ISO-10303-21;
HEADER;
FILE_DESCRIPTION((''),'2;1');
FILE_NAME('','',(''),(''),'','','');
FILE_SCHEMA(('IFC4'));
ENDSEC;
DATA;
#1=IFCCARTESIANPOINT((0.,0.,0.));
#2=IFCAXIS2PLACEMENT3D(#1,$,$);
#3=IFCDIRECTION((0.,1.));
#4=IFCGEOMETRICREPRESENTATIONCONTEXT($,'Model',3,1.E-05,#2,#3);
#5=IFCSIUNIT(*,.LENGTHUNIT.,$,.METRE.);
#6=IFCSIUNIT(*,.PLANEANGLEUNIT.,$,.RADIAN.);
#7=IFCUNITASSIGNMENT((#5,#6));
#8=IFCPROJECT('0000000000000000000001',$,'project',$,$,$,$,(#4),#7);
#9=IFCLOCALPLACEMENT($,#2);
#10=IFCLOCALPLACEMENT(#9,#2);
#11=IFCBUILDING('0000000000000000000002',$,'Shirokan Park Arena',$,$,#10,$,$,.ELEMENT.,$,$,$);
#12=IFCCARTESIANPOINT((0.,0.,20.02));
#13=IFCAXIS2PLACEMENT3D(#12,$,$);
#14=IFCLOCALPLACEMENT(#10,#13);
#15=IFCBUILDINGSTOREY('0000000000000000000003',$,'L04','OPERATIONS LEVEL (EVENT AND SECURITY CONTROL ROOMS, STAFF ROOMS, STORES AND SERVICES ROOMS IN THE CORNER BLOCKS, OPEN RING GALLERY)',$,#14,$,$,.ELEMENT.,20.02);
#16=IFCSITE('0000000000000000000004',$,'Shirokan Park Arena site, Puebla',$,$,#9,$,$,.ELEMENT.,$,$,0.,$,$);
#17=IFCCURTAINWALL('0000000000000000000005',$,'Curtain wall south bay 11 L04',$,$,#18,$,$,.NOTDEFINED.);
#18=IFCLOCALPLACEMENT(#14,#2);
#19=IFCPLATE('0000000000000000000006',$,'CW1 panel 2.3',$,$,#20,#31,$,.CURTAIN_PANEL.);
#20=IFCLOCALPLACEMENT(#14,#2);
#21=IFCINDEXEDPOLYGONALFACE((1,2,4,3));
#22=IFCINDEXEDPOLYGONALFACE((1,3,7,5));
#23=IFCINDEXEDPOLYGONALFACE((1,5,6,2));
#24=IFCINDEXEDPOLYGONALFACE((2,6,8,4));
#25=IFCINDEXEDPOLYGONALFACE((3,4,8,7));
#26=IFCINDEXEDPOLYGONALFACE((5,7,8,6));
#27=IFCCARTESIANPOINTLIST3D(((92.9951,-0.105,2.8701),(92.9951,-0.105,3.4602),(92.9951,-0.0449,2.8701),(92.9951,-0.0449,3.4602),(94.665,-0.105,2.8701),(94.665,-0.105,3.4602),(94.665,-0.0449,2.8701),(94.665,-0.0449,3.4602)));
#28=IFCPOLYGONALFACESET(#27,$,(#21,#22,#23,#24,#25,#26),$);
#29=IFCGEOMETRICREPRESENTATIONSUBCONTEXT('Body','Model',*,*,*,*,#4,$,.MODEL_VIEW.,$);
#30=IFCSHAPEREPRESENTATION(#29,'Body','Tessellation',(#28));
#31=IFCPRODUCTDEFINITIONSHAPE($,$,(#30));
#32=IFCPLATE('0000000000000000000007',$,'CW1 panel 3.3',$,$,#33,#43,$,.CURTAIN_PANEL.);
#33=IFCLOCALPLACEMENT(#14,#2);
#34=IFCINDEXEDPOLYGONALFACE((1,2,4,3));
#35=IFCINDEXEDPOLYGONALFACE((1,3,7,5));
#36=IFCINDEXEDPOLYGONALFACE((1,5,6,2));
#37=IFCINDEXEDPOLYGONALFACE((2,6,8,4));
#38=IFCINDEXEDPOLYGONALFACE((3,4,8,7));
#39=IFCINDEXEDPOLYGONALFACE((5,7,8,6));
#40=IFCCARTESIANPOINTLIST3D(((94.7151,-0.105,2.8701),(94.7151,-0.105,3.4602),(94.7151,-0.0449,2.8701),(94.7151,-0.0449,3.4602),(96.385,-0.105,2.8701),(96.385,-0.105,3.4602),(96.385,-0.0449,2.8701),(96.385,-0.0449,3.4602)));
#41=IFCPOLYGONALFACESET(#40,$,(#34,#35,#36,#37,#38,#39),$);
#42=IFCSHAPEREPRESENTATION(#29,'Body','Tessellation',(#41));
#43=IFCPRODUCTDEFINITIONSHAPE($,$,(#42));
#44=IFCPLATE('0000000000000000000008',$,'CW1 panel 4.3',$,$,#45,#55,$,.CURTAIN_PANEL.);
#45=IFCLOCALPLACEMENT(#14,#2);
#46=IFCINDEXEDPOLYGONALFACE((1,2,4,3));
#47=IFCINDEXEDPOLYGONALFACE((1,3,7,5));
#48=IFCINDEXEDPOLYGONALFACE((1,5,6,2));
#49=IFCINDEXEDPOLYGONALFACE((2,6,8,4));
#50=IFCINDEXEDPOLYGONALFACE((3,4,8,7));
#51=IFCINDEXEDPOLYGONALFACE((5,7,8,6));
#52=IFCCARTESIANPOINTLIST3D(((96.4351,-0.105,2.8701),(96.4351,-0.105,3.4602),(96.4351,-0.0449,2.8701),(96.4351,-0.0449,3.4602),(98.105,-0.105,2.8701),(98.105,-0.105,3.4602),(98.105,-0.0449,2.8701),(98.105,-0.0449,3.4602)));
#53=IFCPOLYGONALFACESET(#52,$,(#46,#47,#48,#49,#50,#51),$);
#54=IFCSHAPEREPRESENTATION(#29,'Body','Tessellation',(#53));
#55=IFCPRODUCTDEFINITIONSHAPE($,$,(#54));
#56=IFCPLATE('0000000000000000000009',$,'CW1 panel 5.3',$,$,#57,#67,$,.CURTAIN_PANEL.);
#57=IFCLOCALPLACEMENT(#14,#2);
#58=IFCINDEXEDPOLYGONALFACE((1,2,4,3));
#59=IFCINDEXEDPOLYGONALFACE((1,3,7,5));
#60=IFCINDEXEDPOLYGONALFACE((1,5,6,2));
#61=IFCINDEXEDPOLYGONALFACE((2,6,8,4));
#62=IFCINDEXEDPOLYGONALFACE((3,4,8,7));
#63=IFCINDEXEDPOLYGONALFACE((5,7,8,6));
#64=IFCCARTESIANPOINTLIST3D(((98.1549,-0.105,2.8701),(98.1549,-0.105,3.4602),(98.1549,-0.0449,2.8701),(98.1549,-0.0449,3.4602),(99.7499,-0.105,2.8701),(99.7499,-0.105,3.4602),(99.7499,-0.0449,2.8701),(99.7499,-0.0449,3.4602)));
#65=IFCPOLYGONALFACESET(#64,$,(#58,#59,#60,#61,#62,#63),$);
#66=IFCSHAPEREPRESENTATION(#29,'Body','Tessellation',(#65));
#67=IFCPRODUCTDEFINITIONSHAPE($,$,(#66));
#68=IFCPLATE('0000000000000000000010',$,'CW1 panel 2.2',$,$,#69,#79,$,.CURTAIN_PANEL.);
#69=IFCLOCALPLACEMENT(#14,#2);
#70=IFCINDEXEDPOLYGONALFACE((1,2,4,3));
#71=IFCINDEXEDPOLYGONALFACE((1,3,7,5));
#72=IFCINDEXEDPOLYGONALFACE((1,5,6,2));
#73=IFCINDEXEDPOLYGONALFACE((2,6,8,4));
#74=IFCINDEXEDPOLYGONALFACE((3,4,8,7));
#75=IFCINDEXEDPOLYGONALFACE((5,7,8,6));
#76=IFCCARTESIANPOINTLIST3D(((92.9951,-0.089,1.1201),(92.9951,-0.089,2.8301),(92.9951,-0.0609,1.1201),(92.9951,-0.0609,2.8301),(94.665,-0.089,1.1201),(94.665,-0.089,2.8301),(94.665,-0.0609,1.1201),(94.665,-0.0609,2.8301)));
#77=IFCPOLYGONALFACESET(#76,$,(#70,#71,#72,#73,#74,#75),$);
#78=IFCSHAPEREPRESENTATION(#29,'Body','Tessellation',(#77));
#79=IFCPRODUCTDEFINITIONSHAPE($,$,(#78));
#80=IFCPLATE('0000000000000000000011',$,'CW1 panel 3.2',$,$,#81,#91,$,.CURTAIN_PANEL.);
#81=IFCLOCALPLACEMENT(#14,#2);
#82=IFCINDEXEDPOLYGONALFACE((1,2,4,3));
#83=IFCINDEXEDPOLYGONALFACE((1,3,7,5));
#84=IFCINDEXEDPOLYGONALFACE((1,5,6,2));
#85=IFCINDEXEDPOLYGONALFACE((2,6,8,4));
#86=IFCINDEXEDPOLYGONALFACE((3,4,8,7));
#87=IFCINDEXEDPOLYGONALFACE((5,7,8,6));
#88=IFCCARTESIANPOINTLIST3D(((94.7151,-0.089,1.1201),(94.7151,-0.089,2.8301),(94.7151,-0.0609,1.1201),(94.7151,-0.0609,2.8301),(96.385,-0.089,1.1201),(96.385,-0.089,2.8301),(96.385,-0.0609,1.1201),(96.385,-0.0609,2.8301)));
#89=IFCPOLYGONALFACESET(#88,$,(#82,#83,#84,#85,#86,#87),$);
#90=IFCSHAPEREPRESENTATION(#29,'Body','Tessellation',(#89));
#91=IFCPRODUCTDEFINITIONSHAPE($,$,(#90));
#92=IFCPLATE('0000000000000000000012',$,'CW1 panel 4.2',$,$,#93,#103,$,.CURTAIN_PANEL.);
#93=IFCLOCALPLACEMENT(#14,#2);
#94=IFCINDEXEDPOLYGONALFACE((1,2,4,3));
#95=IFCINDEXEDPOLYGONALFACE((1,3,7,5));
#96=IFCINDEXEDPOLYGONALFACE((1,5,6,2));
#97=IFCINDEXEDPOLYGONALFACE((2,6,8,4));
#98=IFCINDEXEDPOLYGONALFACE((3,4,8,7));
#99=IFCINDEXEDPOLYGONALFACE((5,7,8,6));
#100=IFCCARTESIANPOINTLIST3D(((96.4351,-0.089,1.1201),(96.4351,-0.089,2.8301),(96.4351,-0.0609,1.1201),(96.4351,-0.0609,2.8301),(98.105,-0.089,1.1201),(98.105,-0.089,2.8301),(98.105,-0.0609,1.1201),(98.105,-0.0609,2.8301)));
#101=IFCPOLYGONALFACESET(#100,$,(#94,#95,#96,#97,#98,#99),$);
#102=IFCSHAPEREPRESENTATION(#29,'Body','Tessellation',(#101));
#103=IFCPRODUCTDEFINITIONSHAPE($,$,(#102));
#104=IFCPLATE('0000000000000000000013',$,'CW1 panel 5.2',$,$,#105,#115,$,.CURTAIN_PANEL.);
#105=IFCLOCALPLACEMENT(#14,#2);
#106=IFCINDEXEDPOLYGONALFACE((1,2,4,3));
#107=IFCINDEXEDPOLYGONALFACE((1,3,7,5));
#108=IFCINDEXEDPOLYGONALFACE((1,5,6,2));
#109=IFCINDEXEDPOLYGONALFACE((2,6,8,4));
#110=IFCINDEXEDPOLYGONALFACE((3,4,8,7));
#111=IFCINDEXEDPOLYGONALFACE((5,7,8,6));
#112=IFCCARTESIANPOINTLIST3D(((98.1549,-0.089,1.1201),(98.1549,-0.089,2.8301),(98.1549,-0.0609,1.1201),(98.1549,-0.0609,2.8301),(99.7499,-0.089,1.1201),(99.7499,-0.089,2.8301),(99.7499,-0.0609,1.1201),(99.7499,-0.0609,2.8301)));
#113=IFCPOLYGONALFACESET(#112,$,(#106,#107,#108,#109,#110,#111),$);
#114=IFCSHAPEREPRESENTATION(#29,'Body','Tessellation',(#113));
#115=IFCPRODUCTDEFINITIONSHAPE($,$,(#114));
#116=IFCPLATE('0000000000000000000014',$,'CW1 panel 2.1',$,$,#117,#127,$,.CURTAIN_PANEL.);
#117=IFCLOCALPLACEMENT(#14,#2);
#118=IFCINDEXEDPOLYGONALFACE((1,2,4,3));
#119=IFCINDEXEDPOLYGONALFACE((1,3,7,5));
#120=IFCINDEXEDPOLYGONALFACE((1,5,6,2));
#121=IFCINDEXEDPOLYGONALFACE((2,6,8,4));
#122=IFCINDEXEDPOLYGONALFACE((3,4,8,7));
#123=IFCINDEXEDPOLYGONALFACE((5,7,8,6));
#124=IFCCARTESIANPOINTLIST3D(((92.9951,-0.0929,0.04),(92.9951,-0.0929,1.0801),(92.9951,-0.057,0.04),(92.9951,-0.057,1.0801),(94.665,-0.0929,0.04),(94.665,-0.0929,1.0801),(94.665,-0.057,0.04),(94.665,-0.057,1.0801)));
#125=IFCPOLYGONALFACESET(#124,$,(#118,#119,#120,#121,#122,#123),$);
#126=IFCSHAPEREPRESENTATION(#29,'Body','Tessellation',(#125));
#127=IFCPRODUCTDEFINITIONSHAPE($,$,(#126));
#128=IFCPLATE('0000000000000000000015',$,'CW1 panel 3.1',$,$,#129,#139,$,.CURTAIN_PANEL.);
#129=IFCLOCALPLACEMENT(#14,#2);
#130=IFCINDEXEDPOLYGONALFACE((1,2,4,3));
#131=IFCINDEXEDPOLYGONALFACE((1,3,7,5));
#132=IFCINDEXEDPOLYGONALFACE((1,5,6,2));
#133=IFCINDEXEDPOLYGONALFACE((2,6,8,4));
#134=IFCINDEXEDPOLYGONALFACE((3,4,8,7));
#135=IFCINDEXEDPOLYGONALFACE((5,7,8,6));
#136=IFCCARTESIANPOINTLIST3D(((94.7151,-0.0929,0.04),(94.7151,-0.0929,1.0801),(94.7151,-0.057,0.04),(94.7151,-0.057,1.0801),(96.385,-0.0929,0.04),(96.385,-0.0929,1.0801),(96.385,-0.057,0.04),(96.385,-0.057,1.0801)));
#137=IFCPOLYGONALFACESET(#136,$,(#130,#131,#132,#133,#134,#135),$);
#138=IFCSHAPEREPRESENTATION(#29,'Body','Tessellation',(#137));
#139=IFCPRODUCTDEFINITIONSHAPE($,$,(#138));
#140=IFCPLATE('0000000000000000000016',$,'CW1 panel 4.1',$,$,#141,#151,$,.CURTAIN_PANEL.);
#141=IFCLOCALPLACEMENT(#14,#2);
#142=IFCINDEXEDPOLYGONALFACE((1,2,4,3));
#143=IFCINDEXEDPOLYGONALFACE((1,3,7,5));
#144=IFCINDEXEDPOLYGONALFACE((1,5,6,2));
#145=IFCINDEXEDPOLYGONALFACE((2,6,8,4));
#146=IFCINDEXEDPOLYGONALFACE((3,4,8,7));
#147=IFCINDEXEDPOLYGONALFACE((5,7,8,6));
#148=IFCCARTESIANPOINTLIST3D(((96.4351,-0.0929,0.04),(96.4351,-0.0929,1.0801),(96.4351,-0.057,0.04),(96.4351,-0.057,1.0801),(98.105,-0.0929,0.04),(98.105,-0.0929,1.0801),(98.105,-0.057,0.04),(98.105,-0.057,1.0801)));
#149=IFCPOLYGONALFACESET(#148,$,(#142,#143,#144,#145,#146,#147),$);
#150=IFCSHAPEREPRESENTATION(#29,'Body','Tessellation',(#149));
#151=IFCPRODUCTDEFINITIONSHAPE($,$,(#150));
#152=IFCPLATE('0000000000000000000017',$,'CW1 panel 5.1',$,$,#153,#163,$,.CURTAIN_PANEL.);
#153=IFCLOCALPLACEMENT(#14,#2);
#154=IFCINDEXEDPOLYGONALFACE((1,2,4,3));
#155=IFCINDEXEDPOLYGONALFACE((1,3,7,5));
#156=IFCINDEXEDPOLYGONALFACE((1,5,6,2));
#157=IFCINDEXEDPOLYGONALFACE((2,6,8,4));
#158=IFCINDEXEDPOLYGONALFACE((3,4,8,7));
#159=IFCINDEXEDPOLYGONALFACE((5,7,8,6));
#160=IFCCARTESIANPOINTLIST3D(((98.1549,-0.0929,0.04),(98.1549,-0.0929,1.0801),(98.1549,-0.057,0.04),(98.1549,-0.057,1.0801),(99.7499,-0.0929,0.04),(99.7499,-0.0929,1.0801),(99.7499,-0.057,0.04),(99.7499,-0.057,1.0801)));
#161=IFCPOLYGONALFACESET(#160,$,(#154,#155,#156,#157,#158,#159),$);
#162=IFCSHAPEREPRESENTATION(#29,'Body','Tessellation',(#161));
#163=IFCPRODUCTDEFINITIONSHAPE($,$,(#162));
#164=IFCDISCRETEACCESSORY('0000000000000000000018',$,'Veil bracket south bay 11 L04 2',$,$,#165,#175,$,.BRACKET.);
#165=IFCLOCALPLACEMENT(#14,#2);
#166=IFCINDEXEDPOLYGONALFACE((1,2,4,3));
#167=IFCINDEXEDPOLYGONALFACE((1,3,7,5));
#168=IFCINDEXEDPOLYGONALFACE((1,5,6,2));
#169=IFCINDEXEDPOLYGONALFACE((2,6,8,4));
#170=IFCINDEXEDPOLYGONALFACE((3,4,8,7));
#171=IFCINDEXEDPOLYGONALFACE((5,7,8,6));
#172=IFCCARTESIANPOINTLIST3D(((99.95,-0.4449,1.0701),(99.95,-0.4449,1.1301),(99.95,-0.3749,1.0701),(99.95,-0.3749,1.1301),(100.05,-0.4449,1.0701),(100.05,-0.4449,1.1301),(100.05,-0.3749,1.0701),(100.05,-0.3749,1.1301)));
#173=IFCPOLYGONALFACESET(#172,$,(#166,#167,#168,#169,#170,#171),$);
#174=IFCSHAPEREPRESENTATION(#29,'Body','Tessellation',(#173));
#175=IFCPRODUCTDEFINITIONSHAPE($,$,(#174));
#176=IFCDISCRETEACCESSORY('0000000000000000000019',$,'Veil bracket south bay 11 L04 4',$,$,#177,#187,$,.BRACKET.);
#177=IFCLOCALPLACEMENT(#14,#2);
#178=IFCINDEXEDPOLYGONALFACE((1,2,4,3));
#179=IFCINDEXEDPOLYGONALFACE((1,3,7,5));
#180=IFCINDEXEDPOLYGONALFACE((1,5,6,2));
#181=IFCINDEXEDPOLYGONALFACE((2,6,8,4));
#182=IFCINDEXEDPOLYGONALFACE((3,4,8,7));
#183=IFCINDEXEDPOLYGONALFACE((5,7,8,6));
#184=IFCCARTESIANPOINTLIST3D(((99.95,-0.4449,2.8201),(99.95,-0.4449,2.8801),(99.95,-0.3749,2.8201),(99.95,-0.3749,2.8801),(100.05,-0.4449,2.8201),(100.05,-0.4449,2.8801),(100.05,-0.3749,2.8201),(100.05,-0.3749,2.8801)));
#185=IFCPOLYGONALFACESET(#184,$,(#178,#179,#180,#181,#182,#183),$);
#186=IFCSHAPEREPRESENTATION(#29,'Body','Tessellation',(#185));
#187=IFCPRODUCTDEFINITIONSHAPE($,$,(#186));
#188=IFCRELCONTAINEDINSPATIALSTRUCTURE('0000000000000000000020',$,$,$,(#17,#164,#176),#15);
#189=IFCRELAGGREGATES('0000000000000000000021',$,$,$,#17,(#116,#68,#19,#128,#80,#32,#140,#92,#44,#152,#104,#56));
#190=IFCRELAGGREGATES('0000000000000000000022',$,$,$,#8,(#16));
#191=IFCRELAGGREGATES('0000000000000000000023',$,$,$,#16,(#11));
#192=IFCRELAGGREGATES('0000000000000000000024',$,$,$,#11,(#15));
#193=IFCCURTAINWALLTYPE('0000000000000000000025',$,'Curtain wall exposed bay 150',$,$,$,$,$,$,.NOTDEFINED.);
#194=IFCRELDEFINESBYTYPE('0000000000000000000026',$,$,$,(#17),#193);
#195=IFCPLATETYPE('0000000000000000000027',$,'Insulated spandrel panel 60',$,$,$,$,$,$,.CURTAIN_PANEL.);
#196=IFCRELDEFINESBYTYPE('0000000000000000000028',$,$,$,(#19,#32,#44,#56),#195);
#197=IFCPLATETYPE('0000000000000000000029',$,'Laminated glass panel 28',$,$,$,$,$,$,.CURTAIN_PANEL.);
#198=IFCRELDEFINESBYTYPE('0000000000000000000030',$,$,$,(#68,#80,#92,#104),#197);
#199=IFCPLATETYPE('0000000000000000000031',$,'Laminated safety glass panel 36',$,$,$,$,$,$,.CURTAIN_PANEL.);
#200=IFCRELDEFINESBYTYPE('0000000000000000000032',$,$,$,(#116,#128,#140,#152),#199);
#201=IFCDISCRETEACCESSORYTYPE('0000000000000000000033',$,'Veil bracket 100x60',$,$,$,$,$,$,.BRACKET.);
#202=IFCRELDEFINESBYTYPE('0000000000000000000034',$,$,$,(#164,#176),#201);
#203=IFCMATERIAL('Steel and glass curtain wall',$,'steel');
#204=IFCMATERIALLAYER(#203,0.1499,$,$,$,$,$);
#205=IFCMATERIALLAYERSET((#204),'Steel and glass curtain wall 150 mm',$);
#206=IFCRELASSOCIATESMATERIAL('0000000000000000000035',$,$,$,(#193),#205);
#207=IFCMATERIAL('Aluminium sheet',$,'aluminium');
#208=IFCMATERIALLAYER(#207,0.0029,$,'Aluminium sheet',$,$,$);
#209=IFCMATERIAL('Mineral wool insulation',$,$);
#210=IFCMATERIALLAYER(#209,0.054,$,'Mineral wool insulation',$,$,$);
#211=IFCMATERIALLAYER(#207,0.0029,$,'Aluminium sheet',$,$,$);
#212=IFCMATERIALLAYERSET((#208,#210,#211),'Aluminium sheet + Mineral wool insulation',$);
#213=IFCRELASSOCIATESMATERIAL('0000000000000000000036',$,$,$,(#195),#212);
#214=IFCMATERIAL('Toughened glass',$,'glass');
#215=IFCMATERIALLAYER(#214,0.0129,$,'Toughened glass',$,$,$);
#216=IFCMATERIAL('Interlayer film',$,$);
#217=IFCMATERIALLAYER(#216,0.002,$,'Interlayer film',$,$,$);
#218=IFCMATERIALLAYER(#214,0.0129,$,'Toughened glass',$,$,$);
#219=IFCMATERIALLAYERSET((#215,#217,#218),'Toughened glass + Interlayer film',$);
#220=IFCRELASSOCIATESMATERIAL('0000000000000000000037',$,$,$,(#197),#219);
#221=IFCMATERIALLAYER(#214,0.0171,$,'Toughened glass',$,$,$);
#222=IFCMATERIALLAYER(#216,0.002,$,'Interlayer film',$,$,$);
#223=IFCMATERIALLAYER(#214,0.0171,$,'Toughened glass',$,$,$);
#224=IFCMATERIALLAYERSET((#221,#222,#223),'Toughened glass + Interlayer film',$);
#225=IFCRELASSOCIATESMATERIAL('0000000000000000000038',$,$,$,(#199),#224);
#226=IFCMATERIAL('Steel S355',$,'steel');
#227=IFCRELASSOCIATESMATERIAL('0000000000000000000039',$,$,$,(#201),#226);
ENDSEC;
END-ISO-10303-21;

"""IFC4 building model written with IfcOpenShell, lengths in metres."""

from ifc_helpers import new_model, si_unit, direction, frame, origin, origin_2d, place, context, subcontext, project, spatial, rectangle, extrude, material, layer, layer_set, type_object, element, aggregate, save


model = new_model("IFC4")

# Units and contexts
model_context = context("Model", 3, precision=1e-05, world=origin(), true_north=direction((0.0, 1.0)))
body_context = subcontext(model_context, "Body", "Model", "MODEL_VIEW")
ifc_project = project(units=[si_unit("LENGTHUNIT", "METRE"), si_unit("PLANEANGLEUNIT", "RADIAN")], contexts=[model_context])

# Site, building, storey
site_placement = place(None, origin())
site = spatial("IfcSite", under=ifc_project, at=site_placement, Name="Shirokan Park Arena site, Puebla", CompositionType="ELEMENT", RefElevation=0.0)
building_placement = place(site_placement, origin())
building = spatial("IfcBuilding", under=site, at=building_placement, Name="Shirokan Park Arena", CompositionType="ELEMENT")
storey_placement = place(building_placement, frame((0.0, 0.0, 20.02)))
storey = spatial("IfcBuildingStorey", under=building, at=storey_placement, Name="L04", Description="OPERATIONS LEVEL (EVENT AND SECURITY CONTROL ROOMS, STAFF ROOMS, STORES AND SERVICES ROOMS IN THE CORNER BLOCKS, OPEN RING GALLERY)", CompositionType="ELEMENT", Elevation=20.02)

# Curtain wall
ifc_material_1 = material(Name="Steel and glass curtain wall", Category="steel")
ifc_layer_1 = layer(ifc_material_1, 0.1499)
ifc_layer_set_1 = layer_set([ifc_layer_1], Name="Steel and glass curtain wall 150 mm")
curtain_wall_type = type_object("IfcCurtainWallType", Name="Curtain wall exposed bay 150", PredefinedType="NOTDEFINED", material=ifc_layer_set_1)
curtain_wall_placement = place(storey_placement, origin())
curtain_wall = element("IfcCurtainWall", 1, at=curtain_wall_placement, inside=storey, type_object=curtain_wall_type, Name="Curtain wall south bay 11 L04", PredefinedType="NOTDEFINED")
ifc_material_2 = material(Name="Steel S355", Category="steel")

# Plates
ifc_material_3 = material(Name="Aluminium sheet", Category="aluminium")
ifc_layer_2 = layer(ifc_material_3, 0.0029, Name="Aluminium sheet")
ifc_material_4 = material(Name="Mineral wool insulation")
ifc_layer_3 = layer(ifc_material_4, 0.054, Name="Mineral wool insulation")
ifc_layer_4 = layer(ifc_material_3, 0.0029, Name="Aluminium sheet")
ifc_layer_set_2 = layer_set([ifc_layer_2, ifc_layer_3, ifc_layer_4], Name="Aluminium sheet + Mineral wool insulation")
plate_type_1 = type_object("IfcPlateType", Name="Insulated spandrel panel 60", PredefinedType="CURTAIN_PANEL", material=ifc_layer_set_2)
plate_1_placement = place(storey_placement, frame((93.8301, -0.075, 2.8701), z_axis=(0.0, 0.0, 1.0), x_axis=(1.0, 0.0, 0.0)))
plate_1 = element("IfcPlate", 2, at=plate_1_placement, type_object=plate_type_1, Name="CW1 panel 2.3", PredefinedType="CURTAIN_PANEL", context=body_context, shape_type="SweptSolid", body=[
    extrude(rectangle(XDim=1.6699, YDim=0.0601, at=origin_2d()), origin(), (0.0, 0.0, 1.0), 0.5901),
])
plate_2_placement = place(storey_placement, frame((95.55, -0.075, 2.8701), z_axis=(0.0, 0.0, 1.0), x_axis=(1.0, 0.0, 0.0)))
plate_2 = element("IfcPlate", 3, at=plate_2_placement, type_object=plate_type_1, Name="CW1 panel 3.3", PredefinedType="CURTAIN_PANEL", context=body_context, shape_type="SweptSolid", body=[
    extrude(rectangle(XDim=1.6699, YDim=0.0601, at=origin_2d()), origin(), (0.0, 0.0, 1.0), 0.5901),
])
plate_3_placement = place(storey_placement, frame((97.27, -0.075, 2.8701), z_axis=(0.0, 0.0, 1.0), x_axis=(1.0, 0.0, 0.0)))
plate_3 = element("IfcPlate", 4, at=plate_3_placement, type_object=plate_type_1, Name="CW1 panel 4.3", PredefinedType="CURTAIN_PANEL", context=body_context, shape_type="SweptSolid", body=[
    extrude(rectangle(XDim=1.6699, YDim=0.0601, at=origin_2d()), origin(), (0.0, 0.0, 1.0), 0.5901),
])
plate_4_placement = place(storey_placement, frame((98.9524, -0.075, 2.8701), z_axis=(0.0, 0.0, 1.0), x_axis=(1.0, 0.0, 0.0)))
plate_4 = element("IfcPlate", 5, at=plate_4_placement, type_object=plate_type_1, Name="CW1 panel 5.3", PredefinedType="CURTAIN_PANEL", context=body_context, shape_type="SweptSolid", body=[
    extrude(rectangle(XDim=1.595, YDim=0.0601, at=origin_2d()), origin(), (0.0, 0.0, 1.0), 0.5901),
])
ifc_material_5 = material(Name="Toughened glass", Category="glass")
ifc_layer_5 = layer(ifc_material_5, 0.0129, Name="Toughened glass")
ifc_material_6 = material(Name="Interlayer film")
ifc_layer_6 = layer(ifc_material_6, 0.002, Name="Interlayer film")
ifc_layer_7 = layer(ifc_material_5, 0.0129, Name="Toughened glass")
ifc_layer_set_3 = layer_set([ifc_layer_5, ifc_layer_6, ifc_layer_7], Name="Toughened glass + Interlayer film")
plate_type_2 = type_object("IfcPlateType", Name="Laminated glass panel 28", PredefinedType="CURTAIN_PANEL", material=ifc_layer_set_3)
plate_5_placement = place(storey_placement, frame((93.8301, -0.075, 1.1201), z_axis=(0.0, 0.0, 1.0), x_axis=(1.0, 0.0, 0.0)))
plate_5 = element("IfcPlate", 6, at=plate_5_placement, type_object=plate_type_2, Name="CW1 panel 2.2", PredefinedType="CURTAIN_PANEL", context=body_context, shape_type="SweptSolid", body=[
    extrude(rectangle(XDim=1.6699, YDim=0.0281, at=origin_2d()), origin(), (0.0, 0.0, 1.0), 1.71),
])
plate_6_placement = place(storey_placement, frame((95.55, -0.075, 1.1201), z_axis=(0.0, 0.0, 1.0), x_axis=(1.0, 0.0, 0.0)))
plate_6 = element("IfcPlate", 7, at=plate_6_placement, type_object=plate_type_2, Name="CW1 panel 3.2", PredefinedType="CURTAIN_PANEL", context=body_context, shape_type="SweptSolid", body=[
    extrude(rectangle(XDim=1.6699, YDim=0.0281, at=origin_2d()), origin(), (0.0, 0.0, 1.0), 1.71),
])
plate_7_placement = place(storey_placement, frame((97.27, -0.075, 1.1201), z_axis=(0.0, 0.0, 1.0), x_axis=(1.0, 0.0, 0.0)))
plate_7 = element("IfcPlate", 8, at=plate_7_placement, type_object=plate_type_2, Name="CW1 panel 4.2", PredefinedType="CURTAIN_PANEL", context=body_context, shape_type="SweptSolid", body=[
    extrude(rectangle(XDim=1.6699, YDim=0.0281, at=origin_2d()), origin(), (0.0, 0.0, 1.0), 1.71),
])
plate_8_placement = place(storey_placement, frame((98.9524, -0.075, 1.1201), z_axis=(0.0, 0.0, 1.0), x_axis=(1.0, 0.0, 0.0)))
plate_8 = element("IfcPlate", 9, at=plate_8_placement, type_object=plate_type_2, Name="CW1 panel 5.2", PredefinedType="CURTAIN_PANEL", context=body_context, shape_type="SweptSolid", body=[
    extrude(rectangle(XDim=1.595, YDim=0.0281, at=origin_2d()), origin(), (0.0, 0.0, 1.0), 1.71),
])
ifc_layer_8 = layer(ifc_material_5, 0.0171, Name="Toughened glass")
ifc_layer_9 = layer(ifc_material_6, 0.002, Name="Interlayer film")
ifc_layer_10 = layer(ifc_material_5, 0.0171, Name="Toughened glass")
ifc_layer_set_4 = layer_set([ifc_layer_8, ifc_layer_9, ifc_layer_10], Name="Toughened glass + Interlayer film")
plate_type_3 = type_object("IfcPlateType", Name="Laminated safety glass panel 36", PredefinedType="CURTAIN_PANEL", material=ifc_layer_set_4)
plate_9_placement = place(storey_placement, frame((93.8301, -0.075, 0.04), z_axis=(0.0, 0.0, 1.0), x_axis=(1.0, 0.0, 0.0)))
plate_9 = element("IfcPlate", 10, at=plate_9_placement, type_object=plate_type_3, Name="CW1 panel 2.1", PredefinedType="CURTAIN_PANEL", context=body_context, shape_type="SweptSolid", body=[
    extrude(rectangle(XDim=1.6699, YDim=0.0359, at=origin_2d()), origin(), (0.0, 0.0, 1.0), 1.04),
])
plate_10_placement = place(storey_placement, frame((95.55, -0.075, 0.04), z_axis=(0.0, 0.0, 1.0), x_axis=(1.0, 0.0, 0.0)))
plate_10 = element("IfcPlate", 11, at=plate_10_placement, type_object=plate_type_3, Name="CW1 panel 3.1", PredefinedType="CURTAIN_PANEL", context=body_context, shape_type="SweptSolid", body=[
    extrude(rectangle(XDim=1.6699, YDim=0.0359, at=origin_2d()), origin(), (0.0, 0.0, 1.0), 1.04),
])
plate_11_placement = place(storey_placement, frame((97.27, -0.075, 0.04), z_axis=(0.0, 0.0, 1.0), x_axis=(1.0, 0.0, 0.0)))
plate_11 = element("IfcPlate", 12, at=plate_11_placement, type_object=plate_type_3, Name="CW1 panel 4.1", PredefinedType="CURTAIN_PANEL", context=body_context, shape_type="SweptSolid", body=[
    extrude(rectangle(XDim=1.6699, YDim=0.0359, at=origin_2d()), origin(), (0.0, 0.0, 1.0), 1.04),
])
plate_12_placement = place(storey_placement, frame((98.9524, -0.075, 0.04), z_axis=(0.0, 0.0, 1.0), x_axis=(1.0, 0.0, 0.0)))
plate_12 = element("IfcPlate", 13, at=plate_12_placement, type_object=plate_type_3, Name="CW1 panel 5.1", PredefinedType="CURTAIN_PANEL", context=body_context, shape_type="SweptSolid", body=[
    extrude(rectangle(XDim=1.595, YDim=0.0359, at=origin_2d()), origin(), (0.0, 0.0, 1.0), 1.04),
])
aggregate(curtain_wall, [plate_9, plate_5, plate_1, plate_10, plate_6, plate_2, plate_11, plate_7, plate_3, plate_12, plate_8, plate_4])

# Discrete accessories
discrete_accessory_type = type_object("IfcDiscreteAccessoryType", Name="Veil bracket 100x60", PredefinedType="BRACKET", material=ifc_material_2)
for number, where, z_axis, x_axis, name in (
    (14, (100.0, -0.4099, 1.0701), (0.0, 0.0, 1.0), (1.0, 0.0, 0.0), "Veil bracket south bay 11 L04 2"),
    (15, (100.0, -0.4099, 2.8201), (0.0, 0.0, 1.0), (1.0, 0.0, 0.0), "Veil bracket south bay 11 L04 4"),
):
    element("IfcDiscreteAccessory", number, at=place(storey_placement, frame(where, z_axis=z_axis, x_axis=x_axis)), inside=storey, type_object=discrete_accessory_type, Name=name, PredefinedType="BRACKET", context=body_context, shape_type="SweptSolid", body=[
        extrude(rectangle(XDim=0.1001, YDim=0.0701, at=origin_2d()), origin(), (0.0, 0.0, 1.0), 0.0601),
    ])

save(model, "model.ifc")
